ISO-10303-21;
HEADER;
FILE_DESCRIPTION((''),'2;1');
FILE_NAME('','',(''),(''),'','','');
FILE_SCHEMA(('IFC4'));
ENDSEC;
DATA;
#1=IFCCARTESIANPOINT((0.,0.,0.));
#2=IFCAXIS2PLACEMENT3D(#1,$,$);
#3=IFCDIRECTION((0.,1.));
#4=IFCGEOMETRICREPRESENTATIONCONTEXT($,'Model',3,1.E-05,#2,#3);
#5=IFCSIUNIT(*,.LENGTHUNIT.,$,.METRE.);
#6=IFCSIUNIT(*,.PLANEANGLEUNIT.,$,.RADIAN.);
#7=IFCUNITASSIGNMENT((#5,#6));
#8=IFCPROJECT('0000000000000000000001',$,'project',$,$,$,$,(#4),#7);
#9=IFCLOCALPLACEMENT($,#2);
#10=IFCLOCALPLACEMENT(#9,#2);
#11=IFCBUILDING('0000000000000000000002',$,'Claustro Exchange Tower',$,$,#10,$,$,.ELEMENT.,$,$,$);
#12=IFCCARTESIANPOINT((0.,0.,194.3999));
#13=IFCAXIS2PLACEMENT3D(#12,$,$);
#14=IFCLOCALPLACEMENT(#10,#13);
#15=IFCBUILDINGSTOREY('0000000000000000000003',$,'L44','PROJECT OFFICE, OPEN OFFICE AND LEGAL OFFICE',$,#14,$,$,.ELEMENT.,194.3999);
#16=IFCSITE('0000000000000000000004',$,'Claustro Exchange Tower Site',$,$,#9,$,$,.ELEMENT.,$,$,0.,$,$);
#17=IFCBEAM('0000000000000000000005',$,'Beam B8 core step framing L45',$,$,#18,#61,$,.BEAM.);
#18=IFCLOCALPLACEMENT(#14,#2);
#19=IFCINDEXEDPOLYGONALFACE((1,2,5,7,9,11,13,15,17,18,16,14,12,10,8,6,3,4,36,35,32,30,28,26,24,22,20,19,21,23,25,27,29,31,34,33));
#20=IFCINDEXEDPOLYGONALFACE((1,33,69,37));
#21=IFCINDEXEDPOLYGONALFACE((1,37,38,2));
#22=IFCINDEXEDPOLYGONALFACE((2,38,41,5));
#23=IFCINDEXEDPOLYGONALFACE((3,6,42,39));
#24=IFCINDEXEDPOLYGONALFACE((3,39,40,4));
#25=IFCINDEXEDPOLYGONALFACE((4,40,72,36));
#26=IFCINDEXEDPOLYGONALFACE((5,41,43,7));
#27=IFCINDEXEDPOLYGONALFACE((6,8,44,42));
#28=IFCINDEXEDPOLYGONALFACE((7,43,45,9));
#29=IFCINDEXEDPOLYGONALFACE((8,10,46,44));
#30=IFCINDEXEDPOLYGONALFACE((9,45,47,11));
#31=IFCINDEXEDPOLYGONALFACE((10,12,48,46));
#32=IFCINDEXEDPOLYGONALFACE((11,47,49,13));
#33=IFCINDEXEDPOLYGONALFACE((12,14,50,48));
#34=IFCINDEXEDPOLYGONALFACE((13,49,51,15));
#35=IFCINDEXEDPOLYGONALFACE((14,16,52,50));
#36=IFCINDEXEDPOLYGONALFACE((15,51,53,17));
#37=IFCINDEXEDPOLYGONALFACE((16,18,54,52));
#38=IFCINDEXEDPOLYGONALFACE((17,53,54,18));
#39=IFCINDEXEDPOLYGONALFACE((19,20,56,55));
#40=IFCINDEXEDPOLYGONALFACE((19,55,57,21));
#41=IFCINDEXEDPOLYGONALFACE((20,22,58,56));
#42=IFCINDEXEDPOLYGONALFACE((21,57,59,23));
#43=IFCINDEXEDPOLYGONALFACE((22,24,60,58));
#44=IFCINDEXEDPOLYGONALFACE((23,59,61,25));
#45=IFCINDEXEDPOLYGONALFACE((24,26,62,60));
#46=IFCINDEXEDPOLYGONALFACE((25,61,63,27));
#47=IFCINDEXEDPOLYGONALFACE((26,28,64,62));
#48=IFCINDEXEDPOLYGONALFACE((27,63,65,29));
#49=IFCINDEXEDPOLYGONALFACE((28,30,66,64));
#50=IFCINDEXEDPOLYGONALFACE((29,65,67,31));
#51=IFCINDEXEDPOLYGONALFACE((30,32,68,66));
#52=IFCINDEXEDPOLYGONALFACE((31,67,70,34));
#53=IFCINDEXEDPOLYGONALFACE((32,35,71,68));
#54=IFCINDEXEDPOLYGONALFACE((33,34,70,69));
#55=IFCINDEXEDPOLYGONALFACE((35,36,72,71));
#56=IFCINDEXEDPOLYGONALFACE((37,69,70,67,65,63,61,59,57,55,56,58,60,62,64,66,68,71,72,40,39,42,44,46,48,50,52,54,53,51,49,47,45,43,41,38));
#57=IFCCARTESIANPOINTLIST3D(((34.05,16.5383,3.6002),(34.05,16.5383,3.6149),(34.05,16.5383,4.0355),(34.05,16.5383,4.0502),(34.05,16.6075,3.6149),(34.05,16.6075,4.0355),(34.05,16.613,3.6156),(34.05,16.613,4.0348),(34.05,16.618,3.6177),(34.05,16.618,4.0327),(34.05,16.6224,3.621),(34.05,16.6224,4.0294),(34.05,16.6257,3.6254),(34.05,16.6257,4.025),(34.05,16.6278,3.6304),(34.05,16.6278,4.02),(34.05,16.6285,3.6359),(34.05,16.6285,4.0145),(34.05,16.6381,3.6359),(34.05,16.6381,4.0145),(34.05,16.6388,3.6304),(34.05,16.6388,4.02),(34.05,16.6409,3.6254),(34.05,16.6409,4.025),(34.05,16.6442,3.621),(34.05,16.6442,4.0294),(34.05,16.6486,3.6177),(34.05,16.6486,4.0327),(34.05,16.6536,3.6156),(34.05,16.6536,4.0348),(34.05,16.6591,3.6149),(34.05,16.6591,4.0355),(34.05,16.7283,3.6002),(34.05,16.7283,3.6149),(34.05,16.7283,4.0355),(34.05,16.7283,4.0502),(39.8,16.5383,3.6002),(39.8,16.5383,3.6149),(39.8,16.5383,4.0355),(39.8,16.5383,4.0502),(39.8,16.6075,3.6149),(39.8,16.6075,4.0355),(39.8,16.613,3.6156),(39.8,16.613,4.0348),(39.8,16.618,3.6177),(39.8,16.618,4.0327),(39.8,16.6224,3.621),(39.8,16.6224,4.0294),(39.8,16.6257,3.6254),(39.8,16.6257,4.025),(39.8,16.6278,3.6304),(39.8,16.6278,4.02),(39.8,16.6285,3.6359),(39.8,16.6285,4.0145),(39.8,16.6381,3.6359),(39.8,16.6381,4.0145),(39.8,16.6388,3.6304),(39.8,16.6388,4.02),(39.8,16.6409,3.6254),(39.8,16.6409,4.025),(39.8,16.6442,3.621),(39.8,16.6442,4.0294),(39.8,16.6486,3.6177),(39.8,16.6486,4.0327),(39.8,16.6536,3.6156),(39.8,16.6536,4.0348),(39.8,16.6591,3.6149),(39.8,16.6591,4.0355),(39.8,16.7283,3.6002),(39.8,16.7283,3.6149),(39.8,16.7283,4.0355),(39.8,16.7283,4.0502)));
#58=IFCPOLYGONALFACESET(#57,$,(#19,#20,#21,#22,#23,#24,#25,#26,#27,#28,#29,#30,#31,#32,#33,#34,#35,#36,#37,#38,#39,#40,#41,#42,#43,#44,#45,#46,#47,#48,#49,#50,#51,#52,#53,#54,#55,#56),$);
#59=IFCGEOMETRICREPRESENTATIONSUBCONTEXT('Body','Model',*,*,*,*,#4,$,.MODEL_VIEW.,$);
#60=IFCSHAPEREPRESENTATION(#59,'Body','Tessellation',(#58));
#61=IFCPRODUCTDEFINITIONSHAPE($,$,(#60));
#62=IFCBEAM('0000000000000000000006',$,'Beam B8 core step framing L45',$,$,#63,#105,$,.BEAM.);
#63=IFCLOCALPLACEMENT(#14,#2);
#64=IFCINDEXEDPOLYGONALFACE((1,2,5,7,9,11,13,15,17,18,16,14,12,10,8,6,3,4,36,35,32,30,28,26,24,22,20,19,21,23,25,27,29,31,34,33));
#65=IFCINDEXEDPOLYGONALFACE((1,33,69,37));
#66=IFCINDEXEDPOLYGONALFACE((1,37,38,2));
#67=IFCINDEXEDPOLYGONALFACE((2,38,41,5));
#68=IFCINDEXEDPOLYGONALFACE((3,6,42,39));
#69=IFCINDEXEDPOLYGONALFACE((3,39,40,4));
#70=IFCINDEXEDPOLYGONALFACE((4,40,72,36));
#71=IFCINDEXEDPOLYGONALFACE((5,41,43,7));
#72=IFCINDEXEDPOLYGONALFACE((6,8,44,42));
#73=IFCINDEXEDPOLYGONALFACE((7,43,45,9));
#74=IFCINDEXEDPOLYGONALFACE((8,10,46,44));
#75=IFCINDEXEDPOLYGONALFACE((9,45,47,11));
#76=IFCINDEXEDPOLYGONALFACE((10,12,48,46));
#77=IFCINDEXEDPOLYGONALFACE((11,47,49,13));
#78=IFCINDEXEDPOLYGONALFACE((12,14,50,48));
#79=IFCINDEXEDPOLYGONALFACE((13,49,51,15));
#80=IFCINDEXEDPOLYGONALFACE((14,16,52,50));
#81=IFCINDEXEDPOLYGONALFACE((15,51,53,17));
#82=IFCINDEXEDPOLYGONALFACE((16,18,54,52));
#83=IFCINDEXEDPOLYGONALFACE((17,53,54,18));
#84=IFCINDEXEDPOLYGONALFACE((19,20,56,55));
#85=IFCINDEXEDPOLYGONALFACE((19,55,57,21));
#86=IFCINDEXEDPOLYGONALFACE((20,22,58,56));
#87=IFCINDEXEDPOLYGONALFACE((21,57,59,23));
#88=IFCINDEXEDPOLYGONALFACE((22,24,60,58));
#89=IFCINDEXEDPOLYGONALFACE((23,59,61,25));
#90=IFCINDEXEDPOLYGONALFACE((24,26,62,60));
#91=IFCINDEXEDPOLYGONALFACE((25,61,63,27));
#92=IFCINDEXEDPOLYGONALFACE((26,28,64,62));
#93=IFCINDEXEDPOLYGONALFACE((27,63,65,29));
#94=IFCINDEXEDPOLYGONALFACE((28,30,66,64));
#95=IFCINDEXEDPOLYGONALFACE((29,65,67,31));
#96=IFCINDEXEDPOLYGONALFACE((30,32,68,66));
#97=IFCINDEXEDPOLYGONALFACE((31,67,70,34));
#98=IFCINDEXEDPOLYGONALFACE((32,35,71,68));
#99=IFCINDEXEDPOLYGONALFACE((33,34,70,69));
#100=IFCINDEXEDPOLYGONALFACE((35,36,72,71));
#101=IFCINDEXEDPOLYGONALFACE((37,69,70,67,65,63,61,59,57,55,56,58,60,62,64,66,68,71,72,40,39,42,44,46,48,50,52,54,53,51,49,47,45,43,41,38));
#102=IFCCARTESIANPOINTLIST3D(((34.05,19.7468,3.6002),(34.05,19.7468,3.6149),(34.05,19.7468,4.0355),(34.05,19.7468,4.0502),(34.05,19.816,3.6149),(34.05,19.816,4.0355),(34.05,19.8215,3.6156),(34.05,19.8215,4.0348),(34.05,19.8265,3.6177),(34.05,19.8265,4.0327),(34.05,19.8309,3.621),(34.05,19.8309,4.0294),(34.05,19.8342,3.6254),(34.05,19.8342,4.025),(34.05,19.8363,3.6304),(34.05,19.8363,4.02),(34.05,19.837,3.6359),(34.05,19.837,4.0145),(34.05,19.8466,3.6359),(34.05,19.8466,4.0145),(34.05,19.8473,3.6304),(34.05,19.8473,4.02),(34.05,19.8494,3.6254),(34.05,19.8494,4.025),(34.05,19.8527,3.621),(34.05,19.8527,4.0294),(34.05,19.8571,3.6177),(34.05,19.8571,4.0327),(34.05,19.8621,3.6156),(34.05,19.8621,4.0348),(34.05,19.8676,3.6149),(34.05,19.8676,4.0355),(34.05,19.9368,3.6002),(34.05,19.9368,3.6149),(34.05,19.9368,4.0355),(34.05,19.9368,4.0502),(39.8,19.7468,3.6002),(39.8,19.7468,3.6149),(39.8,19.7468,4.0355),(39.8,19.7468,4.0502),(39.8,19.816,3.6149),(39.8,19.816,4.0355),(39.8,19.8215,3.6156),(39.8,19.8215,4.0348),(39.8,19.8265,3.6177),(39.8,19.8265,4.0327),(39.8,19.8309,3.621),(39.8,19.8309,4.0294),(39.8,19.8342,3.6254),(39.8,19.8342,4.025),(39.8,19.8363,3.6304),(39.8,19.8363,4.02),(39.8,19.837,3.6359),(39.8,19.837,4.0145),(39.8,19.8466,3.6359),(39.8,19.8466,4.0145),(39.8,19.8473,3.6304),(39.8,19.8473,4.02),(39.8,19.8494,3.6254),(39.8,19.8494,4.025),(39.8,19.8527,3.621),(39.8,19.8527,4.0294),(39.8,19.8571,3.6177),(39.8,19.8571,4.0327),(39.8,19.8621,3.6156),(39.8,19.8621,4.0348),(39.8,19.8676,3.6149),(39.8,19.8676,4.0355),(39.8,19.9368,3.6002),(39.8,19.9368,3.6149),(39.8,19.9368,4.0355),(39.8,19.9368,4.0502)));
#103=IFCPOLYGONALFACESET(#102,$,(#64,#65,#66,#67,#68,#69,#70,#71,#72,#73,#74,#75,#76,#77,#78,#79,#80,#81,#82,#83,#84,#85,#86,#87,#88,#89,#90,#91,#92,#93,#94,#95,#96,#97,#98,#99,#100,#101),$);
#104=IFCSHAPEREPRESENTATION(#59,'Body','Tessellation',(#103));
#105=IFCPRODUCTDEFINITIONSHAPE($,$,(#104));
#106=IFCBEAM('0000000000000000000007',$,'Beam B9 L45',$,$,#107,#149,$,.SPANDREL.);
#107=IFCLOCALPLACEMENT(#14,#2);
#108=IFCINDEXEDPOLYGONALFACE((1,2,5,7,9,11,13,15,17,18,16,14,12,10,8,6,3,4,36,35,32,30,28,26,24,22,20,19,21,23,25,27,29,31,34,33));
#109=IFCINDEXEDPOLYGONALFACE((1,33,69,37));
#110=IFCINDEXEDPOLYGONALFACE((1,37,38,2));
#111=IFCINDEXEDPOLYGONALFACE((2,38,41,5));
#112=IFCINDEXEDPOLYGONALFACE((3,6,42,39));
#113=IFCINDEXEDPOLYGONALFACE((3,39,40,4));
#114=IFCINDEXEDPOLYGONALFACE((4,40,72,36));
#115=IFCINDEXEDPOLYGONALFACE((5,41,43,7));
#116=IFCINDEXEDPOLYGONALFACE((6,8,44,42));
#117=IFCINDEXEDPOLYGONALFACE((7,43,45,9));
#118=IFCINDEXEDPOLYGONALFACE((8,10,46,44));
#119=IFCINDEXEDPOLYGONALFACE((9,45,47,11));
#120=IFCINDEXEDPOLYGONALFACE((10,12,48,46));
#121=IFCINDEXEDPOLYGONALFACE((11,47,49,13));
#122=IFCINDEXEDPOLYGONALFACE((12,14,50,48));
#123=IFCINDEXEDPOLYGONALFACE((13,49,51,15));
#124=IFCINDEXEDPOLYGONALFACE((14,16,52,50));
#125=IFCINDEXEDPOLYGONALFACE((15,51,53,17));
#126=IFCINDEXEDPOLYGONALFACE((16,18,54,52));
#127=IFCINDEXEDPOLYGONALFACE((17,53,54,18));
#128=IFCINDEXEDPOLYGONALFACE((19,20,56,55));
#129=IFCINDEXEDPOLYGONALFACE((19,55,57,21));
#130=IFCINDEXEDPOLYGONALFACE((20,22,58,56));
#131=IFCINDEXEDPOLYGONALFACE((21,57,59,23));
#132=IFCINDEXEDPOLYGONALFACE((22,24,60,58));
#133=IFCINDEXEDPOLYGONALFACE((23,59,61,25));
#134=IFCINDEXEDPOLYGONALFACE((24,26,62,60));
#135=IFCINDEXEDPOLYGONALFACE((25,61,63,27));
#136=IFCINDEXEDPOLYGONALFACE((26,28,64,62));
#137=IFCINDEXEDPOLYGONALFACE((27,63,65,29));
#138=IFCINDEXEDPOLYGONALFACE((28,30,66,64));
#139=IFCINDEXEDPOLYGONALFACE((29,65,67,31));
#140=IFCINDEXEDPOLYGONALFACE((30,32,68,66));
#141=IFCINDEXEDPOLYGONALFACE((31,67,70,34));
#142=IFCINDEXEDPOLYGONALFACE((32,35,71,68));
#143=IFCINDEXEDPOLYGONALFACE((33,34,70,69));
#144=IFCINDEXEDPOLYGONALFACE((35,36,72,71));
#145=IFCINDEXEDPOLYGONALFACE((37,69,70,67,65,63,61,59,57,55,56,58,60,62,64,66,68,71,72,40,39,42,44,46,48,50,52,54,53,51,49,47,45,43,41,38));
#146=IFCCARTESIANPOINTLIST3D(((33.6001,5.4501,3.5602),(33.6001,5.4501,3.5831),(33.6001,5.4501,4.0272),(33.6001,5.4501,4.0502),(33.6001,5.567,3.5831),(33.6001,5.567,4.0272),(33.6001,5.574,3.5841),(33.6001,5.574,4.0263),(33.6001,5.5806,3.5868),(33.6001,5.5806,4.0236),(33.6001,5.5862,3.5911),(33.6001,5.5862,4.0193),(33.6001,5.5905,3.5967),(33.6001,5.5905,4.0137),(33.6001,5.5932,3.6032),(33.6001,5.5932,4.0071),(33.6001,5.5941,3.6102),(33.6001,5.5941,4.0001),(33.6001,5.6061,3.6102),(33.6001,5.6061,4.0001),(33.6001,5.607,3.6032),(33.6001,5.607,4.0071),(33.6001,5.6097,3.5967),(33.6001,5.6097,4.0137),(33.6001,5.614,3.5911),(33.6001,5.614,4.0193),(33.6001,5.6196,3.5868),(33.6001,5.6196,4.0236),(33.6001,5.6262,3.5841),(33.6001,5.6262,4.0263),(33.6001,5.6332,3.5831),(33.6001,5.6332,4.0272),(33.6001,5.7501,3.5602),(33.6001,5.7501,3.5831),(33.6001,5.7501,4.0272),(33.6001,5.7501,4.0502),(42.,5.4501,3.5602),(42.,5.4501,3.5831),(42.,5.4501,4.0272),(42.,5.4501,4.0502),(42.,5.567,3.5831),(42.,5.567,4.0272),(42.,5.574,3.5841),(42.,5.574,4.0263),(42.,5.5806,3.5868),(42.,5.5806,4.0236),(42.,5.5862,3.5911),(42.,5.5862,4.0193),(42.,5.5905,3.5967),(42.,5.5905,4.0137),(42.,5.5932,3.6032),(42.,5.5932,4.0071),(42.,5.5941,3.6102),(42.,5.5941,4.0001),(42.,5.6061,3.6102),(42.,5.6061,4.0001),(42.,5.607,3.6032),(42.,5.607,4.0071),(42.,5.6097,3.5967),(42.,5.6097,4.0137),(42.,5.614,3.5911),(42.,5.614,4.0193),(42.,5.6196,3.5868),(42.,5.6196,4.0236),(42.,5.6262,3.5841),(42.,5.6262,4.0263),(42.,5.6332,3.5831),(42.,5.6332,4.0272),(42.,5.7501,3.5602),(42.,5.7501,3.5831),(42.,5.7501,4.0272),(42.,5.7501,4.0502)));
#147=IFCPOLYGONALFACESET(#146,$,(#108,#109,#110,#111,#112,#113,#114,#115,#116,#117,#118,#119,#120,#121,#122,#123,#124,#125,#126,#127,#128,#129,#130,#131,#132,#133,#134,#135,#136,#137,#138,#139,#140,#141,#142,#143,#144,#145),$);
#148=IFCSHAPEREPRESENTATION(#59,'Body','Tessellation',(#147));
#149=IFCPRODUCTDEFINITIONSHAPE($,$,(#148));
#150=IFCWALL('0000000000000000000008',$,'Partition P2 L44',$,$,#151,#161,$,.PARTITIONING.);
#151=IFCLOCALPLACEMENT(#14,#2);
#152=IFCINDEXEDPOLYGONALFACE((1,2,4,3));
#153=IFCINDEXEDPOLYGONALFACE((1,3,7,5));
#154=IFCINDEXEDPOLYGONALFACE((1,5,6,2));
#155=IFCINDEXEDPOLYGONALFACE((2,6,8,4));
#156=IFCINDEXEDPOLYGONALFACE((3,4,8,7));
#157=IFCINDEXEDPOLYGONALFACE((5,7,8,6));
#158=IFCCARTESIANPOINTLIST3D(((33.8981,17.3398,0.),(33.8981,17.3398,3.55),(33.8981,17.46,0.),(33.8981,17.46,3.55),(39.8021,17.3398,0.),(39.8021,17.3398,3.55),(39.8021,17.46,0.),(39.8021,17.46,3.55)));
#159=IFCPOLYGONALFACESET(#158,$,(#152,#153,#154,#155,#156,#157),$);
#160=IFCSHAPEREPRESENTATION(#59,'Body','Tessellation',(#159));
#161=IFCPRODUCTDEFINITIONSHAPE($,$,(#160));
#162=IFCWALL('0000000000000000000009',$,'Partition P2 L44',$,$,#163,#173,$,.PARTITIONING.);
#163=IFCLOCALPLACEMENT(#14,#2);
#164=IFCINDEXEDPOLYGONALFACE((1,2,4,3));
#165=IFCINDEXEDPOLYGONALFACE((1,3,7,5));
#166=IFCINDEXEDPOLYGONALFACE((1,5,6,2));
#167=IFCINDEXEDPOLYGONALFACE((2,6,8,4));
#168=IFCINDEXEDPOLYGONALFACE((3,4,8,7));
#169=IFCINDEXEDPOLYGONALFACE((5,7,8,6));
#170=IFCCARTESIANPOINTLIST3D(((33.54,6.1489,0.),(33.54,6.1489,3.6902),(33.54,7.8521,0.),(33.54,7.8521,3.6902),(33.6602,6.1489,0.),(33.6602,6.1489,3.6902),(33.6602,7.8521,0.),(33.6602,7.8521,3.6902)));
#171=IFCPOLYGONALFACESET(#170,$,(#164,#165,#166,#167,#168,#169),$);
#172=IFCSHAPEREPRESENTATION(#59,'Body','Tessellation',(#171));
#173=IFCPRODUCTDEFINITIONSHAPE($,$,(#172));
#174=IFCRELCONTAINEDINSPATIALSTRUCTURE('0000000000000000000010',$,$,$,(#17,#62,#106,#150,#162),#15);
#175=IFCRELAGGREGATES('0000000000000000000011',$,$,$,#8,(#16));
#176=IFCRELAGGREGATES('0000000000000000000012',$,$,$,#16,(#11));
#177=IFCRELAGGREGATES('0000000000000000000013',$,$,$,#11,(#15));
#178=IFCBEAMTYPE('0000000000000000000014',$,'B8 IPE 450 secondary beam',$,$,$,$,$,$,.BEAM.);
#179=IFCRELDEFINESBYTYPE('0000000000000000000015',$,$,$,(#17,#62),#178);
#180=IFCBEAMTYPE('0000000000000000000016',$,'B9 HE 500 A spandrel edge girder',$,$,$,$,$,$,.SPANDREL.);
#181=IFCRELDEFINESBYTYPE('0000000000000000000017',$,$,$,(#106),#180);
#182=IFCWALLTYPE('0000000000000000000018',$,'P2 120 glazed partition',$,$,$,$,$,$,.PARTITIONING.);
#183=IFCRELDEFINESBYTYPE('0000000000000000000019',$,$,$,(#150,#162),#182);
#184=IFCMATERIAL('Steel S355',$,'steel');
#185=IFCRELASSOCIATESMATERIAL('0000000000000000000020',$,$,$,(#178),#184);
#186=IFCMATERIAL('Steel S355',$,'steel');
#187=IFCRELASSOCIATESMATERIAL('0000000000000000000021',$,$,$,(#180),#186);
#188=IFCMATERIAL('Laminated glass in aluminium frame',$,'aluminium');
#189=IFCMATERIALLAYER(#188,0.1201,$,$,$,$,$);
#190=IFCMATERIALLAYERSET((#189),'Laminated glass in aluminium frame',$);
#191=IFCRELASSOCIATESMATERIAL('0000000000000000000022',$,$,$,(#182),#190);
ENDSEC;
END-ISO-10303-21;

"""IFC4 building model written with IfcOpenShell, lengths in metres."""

from ifc_helpers import new_model, si_unit, direction, frame, frame_2d, origin, origin_2d, place, context, subcontext, project, spatial, rectangle, i_section, extrude, material, layer, layer_set, material_profile, profile_set, type_object, element, save


model = new_model("IFC4")

# Units and contexts
model_context = context("Model", 3, precision=1e-05, world=origin(), true_north=direction((0.0, 1.0)))
body_context = subcontext(model_context, "Body", "Model", "MODEL_VIEW")
ifc_project = project(units=[si_unit("LENGTHUNIT", "METRE"), si_unit("PLANEANGLEUNIT", "RADIAN")], contexts=[model_context])

# Site, building, storey
site_placement = place(None, origin())
site = spatial("IfcSite", under=ifc_project, at=site_placement, Name="Claustro Exchange Tower Site", CompositionType="ELEMENT", RefElevation=0.0)
building_placement = place(site_placement, origin())
building = spatial("IfcBuilding", under=site, at=building_placement, Name="Claustro Exchange Tower", CompositionType="ELEMENT")
storey_placement = place(building_placement, frame((0.0, 0.0, 194.3999)))
storey = spatial("IfcBuildingStorey", under=building, at=storey_placement, Name="L44", Description="PROJECT OFFICE, OPEN OFFICE AND LEGAL OFFICE", CompositionType="ELEMENT", Elevation=194.3999)

# Beams
ifc_material_1 = material(Name="Steel S355", Category="steel")
ifc_material_profile_1 = material_profile(ifc_material_1, i_section(OverallWidth=0.1899, OverallDepth=0.45, WebThickness=0.0095, FlangeThickness=0.0146, FilletRadius=0.021, at=origin_2d()), Name="IPE 450")
ifc_profile_set_1 = profile_set([ifc_material_profile_1], Name="Steel S355")
beam_type_1 = type_object("IfcBeamType", Name="B8 IPE 450 secondary beam", PredefinedType="BEAM", material=ifc_profile_set_1)
for number, where, z_axis, x_axis, name in (
    (1, (34.05, 16.6333, 3.8252), (1.0, 0.0, 0.0), (0.0, 1.0, 0.0), "Beam B8 core step framing L45"),
    (2, (34.05, 19.8418, 3.8252), (1.0, 0.0, 0.0), (0.0, 1.0, 0.0), "Beam B8 core step framing L45"),
):
    element("IfcBeam", number, at=place(storey_placement, frame(where, z_axis=z_axis, x_axis=x_axis)), inside=storey, type_object=beam_type_1, Name=name, PredefinedType="BEAM", context=body_context, shape_type="SweptSolid", body=[
        extrude(i_section(OverallWidth=0.1899, OverallDepth=0.45, WebThickness=0.0095, FlangeThickness=0.0146, FilletRadius=0.021, at=origin_2d()), origin(), (0.0, 0.0, 1.0), 5.75),
    ])
ifc_material_2 = material(Name="Steel S355", Category="steel")
ifc_material_profile_2 = material_profile(ifc_material_2, i_section(OverallWidth=0.3, OverallDepth=0.49, WebThickness=0.012, FlangeThickness=0.0229, FilletRadius=0.0271, at=origin_2d()), Name="HE 500 A")
ifc_profile_set_2 = profile_set([ifc_material_profile_2], Name="Steel S355")
beam_type_2 = type_object("IfcBeamType", Name="B9 HE 500 A spandrel edge girder", PredefinedType="SPANDREL", material=ifc_profile_set_2)
beam_1_placement = place(storey_placement, frame((33.6001, 5.6001, 3.8052), z_axis=(1.0, 0.0, 0.0), x_axis=(0.0, 1.0, 0.0)))
element("IfcBeam", 3, at=beam_1_placement, inside=storey, type_object=beam_type_2, Name="Beam B9 L45", PredefinedType="SPANDREL", context=body_context, shape_type="SweptSolid", body=[
    extrude(i_section(OverallWidth=0.3, OverallDepth=0.49, WebThickness=0.012, FlangeThickness=0.0229, FilletRadius=0.0271, at=origin_2d()), origin(), (0.0, 0.0, 1.0), 8.3999),
])

# Walls
ifc_material_3 = material(Name="Laminated glass in aluminium frame", Category="aluminium")
ifc_layer_1 = layer(ifc_material_3, 0.1201)
ifc_layer_set_1 = layer_set([ifc_layer_1], Name="Laminated glass in aluminium frame")
wall_type_1 = type_object("IfcWallType", Name="P2 120 glazed partition", PredefinedType="PARTITIONING", material=ifc_layer_set_1)
wall_1_placement = place(storey_placement, frame((33.8979, 17.3999, 0.0), z_axis=(0.0, 0.0, 1.0), x_axis=(1.0, 0.0, 0.0)))
element("IfcWall", 4, at=wall_1_placement, inside=storey, type_object=wall_type_1, Name="Partition P2 L44", PredefinedType="PARTITIONING", context=body_context, shape_type="SweptSolid", body=[
    extrude(rectangle(XDim=5.9041, YDim=0.1201, at=frame_2d((2.9521, 0.0))), origin(), (0.0, 0.0, 1.0), 3.55),
])
wall_2_placement = place(storey_placement, frame((33.6001, 6.1489, 0.0), z_axis=(0.0, 0.0, 1.0), x_axis=(0.0, 1.0, 0.0)))
element("IfcWall", 5, at=wall_2_placement, inside=storey, type_object=wall_type_1, Name="Partition P2 L44", PredefinedType="PARTITIONING", context=body_context, shape_type="SweptSolid", body=[
    extrude(rectangle(XDim=1.7031, YDim=0.1201, at=frame_2d((0.8516, 0.0))), origin(), (0.0, 0.0, 1.0), 3.6902),
])

save(model, "model.ifc")
